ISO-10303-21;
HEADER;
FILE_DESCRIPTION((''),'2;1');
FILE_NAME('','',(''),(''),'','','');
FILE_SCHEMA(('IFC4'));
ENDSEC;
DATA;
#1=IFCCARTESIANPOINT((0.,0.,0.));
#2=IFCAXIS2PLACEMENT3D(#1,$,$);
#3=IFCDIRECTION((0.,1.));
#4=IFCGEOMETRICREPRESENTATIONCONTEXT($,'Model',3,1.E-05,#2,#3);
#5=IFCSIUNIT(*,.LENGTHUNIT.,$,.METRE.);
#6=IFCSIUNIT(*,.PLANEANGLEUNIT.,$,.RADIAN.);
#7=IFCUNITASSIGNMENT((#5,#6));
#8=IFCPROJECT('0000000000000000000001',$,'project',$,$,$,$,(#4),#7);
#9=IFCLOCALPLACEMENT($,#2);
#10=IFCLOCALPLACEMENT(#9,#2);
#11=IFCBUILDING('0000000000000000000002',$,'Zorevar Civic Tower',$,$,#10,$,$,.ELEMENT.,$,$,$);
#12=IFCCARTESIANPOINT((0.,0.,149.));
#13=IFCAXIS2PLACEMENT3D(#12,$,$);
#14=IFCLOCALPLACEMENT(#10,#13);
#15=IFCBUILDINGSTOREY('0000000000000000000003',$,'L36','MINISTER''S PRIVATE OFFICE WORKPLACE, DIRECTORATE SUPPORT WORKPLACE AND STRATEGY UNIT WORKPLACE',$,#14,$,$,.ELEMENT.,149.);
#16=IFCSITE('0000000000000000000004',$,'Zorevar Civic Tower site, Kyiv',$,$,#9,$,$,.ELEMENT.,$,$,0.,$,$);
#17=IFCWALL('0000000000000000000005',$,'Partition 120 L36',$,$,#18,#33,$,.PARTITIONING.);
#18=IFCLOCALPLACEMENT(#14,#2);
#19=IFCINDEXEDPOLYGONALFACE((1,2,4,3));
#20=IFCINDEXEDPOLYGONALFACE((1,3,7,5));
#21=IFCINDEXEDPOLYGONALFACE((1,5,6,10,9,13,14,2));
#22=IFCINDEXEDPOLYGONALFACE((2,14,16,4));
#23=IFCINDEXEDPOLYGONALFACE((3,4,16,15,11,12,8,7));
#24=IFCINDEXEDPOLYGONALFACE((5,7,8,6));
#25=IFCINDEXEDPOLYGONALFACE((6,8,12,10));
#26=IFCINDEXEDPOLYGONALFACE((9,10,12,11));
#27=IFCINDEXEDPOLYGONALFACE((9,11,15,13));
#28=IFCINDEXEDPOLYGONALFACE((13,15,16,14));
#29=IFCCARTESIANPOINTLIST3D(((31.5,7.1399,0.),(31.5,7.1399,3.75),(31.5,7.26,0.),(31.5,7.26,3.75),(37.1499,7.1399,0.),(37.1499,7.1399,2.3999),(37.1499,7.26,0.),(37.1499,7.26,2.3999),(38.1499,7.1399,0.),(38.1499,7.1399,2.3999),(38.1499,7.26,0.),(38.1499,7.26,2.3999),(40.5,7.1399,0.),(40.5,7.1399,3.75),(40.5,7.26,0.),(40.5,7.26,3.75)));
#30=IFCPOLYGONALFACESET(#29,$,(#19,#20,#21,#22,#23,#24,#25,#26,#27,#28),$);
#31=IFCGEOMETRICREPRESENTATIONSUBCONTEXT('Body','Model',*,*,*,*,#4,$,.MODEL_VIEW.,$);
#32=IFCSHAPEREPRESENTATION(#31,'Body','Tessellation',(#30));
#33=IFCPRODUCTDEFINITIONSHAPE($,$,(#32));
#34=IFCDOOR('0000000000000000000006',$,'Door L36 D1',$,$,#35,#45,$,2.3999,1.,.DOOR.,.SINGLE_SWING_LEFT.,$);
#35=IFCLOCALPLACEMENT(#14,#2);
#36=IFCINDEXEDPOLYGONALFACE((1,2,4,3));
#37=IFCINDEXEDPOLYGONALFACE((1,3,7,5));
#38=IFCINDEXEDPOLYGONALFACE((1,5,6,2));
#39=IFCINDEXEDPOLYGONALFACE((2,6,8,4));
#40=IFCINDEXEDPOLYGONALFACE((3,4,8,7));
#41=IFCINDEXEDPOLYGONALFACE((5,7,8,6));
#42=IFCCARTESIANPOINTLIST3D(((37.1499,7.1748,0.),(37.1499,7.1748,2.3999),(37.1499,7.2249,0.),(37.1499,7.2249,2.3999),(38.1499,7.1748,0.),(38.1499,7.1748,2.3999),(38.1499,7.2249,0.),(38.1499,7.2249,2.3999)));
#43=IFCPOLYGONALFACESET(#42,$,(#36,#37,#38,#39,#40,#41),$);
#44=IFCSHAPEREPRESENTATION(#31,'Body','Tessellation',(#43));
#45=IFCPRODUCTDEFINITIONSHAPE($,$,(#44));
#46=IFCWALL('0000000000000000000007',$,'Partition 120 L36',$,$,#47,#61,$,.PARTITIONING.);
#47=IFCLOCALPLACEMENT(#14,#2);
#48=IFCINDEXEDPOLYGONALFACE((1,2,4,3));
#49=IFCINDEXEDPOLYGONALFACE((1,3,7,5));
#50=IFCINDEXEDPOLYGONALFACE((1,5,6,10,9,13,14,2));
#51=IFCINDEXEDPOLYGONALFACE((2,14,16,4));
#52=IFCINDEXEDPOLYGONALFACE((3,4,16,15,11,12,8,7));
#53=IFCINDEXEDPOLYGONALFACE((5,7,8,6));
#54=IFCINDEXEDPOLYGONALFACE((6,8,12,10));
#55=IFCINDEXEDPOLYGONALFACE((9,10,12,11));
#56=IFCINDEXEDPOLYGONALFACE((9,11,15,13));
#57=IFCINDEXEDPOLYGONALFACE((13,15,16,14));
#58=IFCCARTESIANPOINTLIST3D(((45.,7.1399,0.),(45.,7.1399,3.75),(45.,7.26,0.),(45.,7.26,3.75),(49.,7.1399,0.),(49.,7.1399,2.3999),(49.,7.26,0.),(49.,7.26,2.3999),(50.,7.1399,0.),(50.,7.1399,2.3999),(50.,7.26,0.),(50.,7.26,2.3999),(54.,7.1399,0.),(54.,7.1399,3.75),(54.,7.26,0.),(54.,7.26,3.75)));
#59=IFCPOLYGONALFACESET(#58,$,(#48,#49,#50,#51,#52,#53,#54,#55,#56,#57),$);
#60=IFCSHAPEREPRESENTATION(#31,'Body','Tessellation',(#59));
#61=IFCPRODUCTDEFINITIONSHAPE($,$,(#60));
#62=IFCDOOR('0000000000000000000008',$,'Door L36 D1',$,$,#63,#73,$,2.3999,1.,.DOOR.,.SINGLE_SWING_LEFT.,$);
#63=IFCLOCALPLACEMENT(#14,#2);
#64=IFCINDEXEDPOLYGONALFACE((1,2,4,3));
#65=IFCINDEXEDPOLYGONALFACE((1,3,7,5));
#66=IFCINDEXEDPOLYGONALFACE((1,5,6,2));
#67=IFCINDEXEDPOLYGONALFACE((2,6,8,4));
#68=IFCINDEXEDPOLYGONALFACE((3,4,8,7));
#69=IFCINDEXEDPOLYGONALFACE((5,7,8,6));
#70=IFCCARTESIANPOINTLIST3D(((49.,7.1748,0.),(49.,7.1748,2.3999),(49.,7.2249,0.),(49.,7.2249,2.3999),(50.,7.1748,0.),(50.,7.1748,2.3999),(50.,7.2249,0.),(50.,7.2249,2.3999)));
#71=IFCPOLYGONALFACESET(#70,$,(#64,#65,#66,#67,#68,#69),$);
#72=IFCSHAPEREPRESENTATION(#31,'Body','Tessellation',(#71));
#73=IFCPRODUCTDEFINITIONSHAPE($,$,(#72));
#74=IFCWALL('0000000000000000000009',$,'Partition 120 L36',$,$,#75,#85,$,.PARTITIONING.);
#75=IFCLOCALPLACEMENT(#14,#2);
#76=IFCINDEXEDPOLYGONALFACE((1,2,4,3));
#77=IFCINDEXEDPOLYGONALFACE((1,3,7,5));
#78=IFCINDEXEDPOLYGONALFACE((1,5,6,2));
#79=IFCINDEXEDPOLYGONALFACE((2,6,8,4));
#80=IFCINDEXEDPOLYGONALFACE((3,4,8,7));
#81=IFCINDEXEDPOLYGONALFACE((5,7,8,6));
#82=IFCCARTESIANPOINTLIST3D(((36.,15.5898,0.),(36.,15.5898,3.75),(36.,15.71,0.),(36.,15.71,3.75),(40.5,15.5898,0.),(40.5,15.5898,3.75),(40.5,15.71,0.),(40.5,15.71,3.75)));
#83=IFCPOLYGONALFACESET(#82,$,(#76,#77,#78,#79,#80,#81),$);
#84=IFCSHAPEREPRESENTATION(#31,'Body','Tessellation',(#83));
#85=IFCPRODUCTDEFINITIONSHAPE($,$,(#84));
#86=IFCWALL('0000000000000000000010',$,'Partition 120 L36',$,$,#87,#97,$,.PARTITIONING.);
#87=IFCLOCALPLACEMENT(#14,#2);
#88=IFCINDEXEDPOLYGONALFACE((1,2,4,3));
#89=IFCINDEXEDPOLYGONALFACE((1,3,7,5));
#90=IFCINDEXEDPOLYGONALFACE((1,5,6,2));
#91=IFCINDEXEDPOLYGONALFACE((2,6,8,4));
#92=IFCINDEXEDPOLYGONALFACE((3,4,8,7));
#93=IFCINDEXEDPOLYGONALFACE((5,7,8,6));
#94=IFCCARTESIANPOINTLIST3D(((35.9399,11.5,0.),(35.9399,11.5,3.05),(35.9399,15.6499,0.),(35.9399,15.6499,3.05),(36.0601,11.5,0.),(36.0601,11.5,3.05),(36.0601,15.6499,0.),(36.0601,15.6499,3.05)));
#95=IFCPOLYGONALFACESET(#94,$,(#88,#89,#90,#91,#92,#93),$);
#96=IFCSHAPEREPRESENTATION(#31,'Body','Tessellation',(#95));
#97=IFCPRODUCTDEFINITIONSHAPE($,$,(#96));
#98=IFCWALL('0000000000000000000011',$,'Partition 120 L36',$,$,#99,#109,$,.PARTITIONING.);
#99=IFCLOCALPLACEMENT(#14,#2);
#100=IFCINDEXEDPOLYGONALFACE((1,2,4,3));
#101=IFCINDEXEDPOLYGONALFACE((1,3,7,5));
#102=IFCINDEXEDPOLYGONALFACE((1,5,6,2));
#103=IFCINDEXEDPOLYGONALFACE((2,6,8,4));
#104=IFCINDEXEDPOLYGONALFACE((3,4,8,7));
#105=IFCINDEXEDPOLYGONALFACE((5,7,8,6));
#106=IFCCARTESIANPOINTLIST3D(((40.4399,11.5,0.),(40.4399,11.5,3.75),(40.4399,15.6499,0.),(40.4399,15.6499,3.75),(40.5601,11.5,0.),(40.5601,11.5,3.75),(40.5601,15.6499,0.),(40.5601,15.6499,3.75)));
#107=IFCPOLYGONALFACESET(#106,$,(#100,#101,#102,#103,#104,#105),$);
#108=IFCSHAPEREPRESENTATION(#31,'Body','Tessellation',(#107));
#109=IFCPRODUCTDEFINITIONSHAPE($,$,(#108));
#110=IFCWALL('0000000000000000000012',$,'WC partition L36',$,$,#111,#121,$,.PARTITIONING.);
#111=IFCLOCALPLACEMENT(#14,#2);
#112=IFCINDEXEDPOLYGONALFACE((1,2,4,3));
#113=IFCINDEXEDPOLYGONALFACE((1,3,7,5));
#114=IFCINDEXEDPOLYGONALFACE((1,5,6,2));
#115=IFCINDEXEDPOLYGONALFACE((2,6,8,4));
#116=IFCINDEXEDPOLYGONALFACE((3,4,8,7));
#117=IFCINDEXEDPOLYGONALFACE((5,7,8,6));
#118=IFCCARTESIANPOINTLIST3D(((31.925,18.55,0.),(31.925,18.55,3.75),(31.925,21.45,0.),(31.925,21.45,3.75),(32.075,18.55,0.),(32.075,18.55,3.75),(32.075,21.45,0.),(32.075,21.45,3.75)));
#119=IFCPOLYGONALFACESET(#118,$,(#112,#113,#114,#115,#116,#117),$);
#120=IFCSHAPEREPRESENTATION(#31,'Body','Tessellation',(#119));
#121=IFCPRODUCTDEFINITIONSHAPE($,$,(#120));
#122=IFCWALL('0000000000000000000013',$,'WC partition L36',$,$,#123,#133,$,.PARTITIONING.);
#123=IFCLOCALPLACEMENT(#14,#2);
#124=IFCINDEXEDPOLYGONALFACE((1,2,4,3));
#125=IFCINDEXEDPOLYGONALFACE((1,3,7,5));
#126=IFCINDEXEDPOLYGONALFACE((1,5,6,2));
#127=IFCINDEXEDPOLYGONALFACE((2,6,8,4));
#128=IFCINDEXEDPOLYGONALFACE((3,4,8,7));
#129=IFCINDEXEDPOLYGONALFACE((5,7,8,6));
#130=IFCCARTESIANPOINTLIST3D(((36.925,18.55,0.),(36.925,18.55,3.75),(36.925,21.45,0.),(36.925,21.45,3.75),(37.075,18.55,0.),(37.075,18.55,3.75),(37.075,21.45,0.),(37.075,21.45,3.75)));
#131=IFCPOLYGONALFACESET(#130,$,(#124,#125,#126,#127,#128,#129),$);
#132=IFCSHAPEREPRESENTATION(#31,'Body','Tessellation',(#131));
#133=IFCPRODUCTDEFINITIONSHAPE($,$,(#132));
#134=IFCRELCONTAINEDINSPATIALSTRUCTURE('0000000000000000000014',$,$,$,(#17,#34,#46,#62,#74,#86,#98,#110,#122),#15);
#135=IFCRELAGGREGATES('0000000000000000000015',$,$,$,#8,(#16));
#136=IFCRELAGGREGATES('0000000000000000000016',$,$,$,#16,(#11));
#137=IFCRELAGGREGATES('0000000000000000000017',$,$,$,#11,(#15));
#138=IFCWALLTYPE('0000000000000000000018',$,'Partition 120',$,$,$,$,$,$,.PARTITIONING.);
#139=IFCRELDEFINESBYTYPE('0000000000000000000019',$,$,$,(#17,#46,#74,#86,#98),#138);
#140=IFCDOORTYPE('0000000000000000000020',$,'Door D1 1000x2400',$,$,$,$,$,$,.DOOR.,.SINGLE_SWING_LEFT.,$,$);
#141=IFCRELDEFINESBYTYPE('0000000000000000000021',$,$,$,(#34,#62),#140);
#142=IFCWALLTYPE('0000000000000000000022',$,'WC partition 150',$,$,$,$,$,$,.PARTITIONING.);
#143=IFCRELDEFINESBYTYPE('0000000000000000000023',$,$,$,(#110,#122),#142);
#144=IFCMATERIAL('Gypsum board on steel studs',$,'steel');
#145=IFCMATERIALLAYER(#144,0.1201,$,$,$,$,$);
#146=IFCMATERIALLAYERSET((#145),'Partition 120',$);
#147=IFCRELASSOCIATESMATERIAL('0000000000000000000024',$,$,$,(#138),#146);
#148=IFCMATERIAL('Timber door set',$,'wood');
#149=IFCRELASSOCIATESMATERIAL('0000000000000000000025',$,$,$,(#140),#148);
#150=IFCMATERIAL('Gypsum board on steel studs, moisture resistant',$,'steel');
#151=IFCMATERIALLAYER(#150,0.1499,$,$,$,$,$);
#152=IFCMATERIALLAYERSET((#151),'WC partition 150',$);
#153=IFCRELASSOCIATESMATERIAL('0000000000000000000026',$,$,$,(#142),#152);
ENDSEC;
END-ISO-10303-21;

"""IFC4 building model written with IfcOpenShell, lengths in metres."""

from ifc_helpers import new_model, si_unit, direction, frame, frame_2d, origin, place, context, subcontext, project, spatial, rectangle, extrude, material, layer, layer_set, type_object, element, fill, save


model = new_model("IFC4")

# Units and contexts
model_context = context("Model", 3, precision=1e-05, world=origin(), true_north=direction((0.0, 1.0)))
body_context = subcontext(model_context, "Body", "Model", "MODEL_VIEW")
ifc_project = project(units=[si_unit("LENGTHUNIT", "METRE"), si_unit("PLANEANGLEUNIT", "RADIAN")], contexts=[model_context])

# Site, building, storey
site_placement = place(None, origin())
site = spatial("IfcSite", under=ifc_project, at=site_placement, Name="Zorevar Civic Tower site, Kyiv", CompositionType="ELEMENT", RefElevation=0.0)
building_placement = place(site_placement, origin())
building = spatial("IfcBuilding", under=site, at=building_placement, Name="Zorevar Civic Tower", CompositionType="ELEMENT")
storey_placement = place(building_placement, frame((0.0, 0.0, 149.0)))
storey = spatial("IfcBuildingStorey", under=building, at=storey_placement, Name="L36", Description="MINISTER'S PRIVATE OFFICE WORKPLACE, DIRECTORATE SUPPORT WORKPLACE AND STRATEGY UNIT WORKPLACE", CompositionType="ELEMENT", Elevation=149.0)

# Walls, openings, doors
ifc_material_1 = material(Name="Gypsum board on steel studs", Category="steel")
ifc_layer_1 = layer(ifc_material_1, 0.1201)
ifc_layer_set_1 = layer_set([ifc_layer_1], Name="Partition 120")
wall_type_1 = type_object("IfcWallType", Name="Partition 120", PredefinedType="PARTITIONING", material=ifc_layer_set_1)
wall_1_placement = place(storey_placement, frame((31.5, 7.2, 0.0), z_axis=(0.0, 0.0, 1.0), x_axis=(1.0, 0.0, 0.0)))
wall_1 = element("IfcWall", 1, at=wall_1_placement, inside=storey, type_object=wall_type_1, Name="Partition 120 L36", PredefinedType="PARTITIONING", context=body_context, shape_type="SweptSolid", body=[
    extrude(rectangle(XDim=9.0, YDim=0.1201, at=frame_2d((4.5, 0.0))), origin(), (0.0, 0.0, 1.0), 3.75),
])
opening_1_placement = place(wall_1_placement, frame((5.6499, 0.0, 0.0)))
opening_1 = element("IfcOpeningElement", 2, at=opening_1_placement, cuts=wall_1, PredefinedType="OPENING", context=body_context, shape_type="SweptSolid", body=[
    extrude(rectangle(XDim=1.0, YDim=2.3999, at=frame_2d((0.5, 1.2))), frame((0.0, 0.0701, 0.0), z_axis=(0.0, -1.0, 0.0), x_axis=(1.0, 0.0, 0.0)), (0.0, 0.0, 1.0), 0.1401),
])
ifc_material_2 = material(Name="Timber door set", Category="wood")
door_type_1 = type_object("IfcDoorType", Name="Door D1 1000x2400", OperationType="SINGLE_SWING_LEFT", PredefinedType="DOOR", material=ifc_material_2)
door_1_placement = place(opening_1_placement, origin())
door_1 = element("IfcDoor", 3, at=door_1_placement, inside=storey, type_object=door_type_1, Name="Door L36 D1", OperationType="SINGLE_SWING_LEFT", OverallHeight=2.3999, OverallWidth=1.0, PredefinedType="DOOR", context=body_context, shape_type="SweptSolid", body=[
    extrude(rectangle(XDim=1.0, YDim=2.3999, at=frame_2d((0.5, 1.2))), frame((0.0, 0.0249, 0.0), z_axis=(0.0, -1.0, 0.0), x_axis=(1.0, 0.0, 0.0)), (0.0, 0.0, 1.0), 0.05),
])
fill(opening_1, door_1)
wall_2_placement = place(storey_placement, frame((45.0, 7.2, 0.0), z_axis=(0.0, 0.0, 1.0), x_axis=(1.0, 0.0, 0.0)))
wall_2 = element("IfcWall", 4, at=wall_2_placement, inside=storey, type_object=wall_type_1, Name="Partition 120 L36", PredefinedType="PARTITIONING", context=body_context, shape_type="SweptSolid", body=[
    extrude(rectangle(XDim=9.0, YDim=0.1201, at=frame_2d((4.5, 0.0))), origin(), (0.0, 0.0, 1.0), 3.75),
])
opening_2_placement = place(wall_2_placement, frame((4.0, 0.0, 0.0)))
opening_2 = element("IfcOpeningElement", 5, at=opening_2_placement, cuts=wall_2, PredefinedType="OPENING", context=body_context, shape_type="SweptSolid", body=[
    extrude(rectangle(XDim=1.0, YDim=2.3999, at=frame_2d((0.5, 1.2))), frame((0.0, 0.0701, 0.0), z_axis=(0.0, -1.0, 0.0), x_axis=(1.0, 0.0, 0.0)), (0.0, 0.0, 1.0), 0.1401),
])
door_2_placement = place(opening_2_placement, origin())
door_2 = element("IfcDoor", 6, at=door_2_placement, inside=storey, type_object=door_type_1, Name="Door L36 D1", OperationType="SINGLE_SWING_LEFT", OverallHeight=2.3999, OverallWidth=1.0, PredefinedType="DOOR", context=body_context, shape_type="SweptSolid", body=[
    extrude(rectangle(XDim=1.0, YDim=2.3999, at=frame_2d((0.5, 1.2))), frame((0.0, 0.0249, 0.0), z_axis=(0.0, -1.0, 0.0), x_axis=(1.0, 0.0, 0.0)), (0.0, 0.0, 1.0), 0.05),
])
fill(opening_2, door_2)

# Walls
wall_3_placement = place(storey_placement, frame((36.0, 15.6499, 0.0), z_axis=(0.0, 0.0, 1.0), x_axis=(1.0, 0.0, 0.0)))
element("IfcWall", 7, at=wall_3_placement, inside=storey, type_object=wall_type_1, Name="Partition 120 L36", PredefinedType="PARTITIONING", context=body_context, shape_type="SweptSolid", body=[
    extrude(rectangle(XDim=4.5, YDim=0.1201, at=frame_2d((2.25, 0.0))), origin(), (0.0, 0.0, 1.0), 3.75),
])
wall_4_placement = place(storey_placement, frame((36.0, 11.5, 0.0), z_axis=(0.0, 0.0, 1.0), x_axis=(0.0, 1.0, 0.0)))
element("IfcWall", 8, at=wall_4_placement, inside=storey, type_object=wall_type_1, Name="Partition 120 L36", PredefinedType="PARTITIONING", context=body_context, shape_type="SweptSolid", body=[
    extrude(rectangle(XDim=4.1499, YDim=0.1201, at=frame_2d((2.075, 0.0))), origin(), (0.0, 0.0, 1.0), 3.05),
])
wall_5_placement = place(storey_placement, frame((40.5, 11.5, 0.0), z_axis=(0.0, 0.0, 1.0), x_axis=(0.0, 1.0, 0.0)))
element("IfcWall", 9, at=wall_5_placement, inside=storey, type_object=wall_type_1, Name="Partition 120 L36", PredefinedType="PARTITIONING", context=body_context, shape_type="SweptSolid", body=[
    extrude(rectangle(XDim=4.1499, YDim=0.1201, at=frame_2d((2.075, 0.0))), origin(), (0.0, 0.0, 1.0), 3.75),
])

# Walls
ifc_material_3 = material(Name="Gypsum board on steel studs, moisture resistant", Category="steel")
ifc_layer_2 = layer(ifc_material_3, 0.1499)
ifc_layer_set_2 = layer_set([ifc_layer_2], Name="WC partition 150")
wall_type_2 = type_object("IfcWallType", Name="WC partition 150", PredefinedType="PARTITIONING", material=ifc_layer_set_2)
for number, where, z_axis, x_axis, name in (
    (10, (32.0, 18.55, 0.0), (0.0, 0.0, 1.0), (0.0, 1.0, 0.0), "WC partition L36"),
    (11, (37.0, 18.55, 0.0), (0.0, 0.0, 1.0), (0.0, 1.0, 0.0), "WC partition L36"),
):
    element("IfcWall", number, at=place(storey_placement, frame(where, z_axis=z_axis, x_axis=x_axis)), inside=storey, type_object=wall_type_2, Name=name, PredefinedType="PARTITIONING", context=body_context, shape_type="SweptSolid", body=[
        extrude(rectangle(XDim=2.8999, YDim=0.1499, at=frame_2d((1.45, 0.0))), origin(), (0.0, 0.0, 1.0), 3.75),
    ])

save(model, "model.ifc")
